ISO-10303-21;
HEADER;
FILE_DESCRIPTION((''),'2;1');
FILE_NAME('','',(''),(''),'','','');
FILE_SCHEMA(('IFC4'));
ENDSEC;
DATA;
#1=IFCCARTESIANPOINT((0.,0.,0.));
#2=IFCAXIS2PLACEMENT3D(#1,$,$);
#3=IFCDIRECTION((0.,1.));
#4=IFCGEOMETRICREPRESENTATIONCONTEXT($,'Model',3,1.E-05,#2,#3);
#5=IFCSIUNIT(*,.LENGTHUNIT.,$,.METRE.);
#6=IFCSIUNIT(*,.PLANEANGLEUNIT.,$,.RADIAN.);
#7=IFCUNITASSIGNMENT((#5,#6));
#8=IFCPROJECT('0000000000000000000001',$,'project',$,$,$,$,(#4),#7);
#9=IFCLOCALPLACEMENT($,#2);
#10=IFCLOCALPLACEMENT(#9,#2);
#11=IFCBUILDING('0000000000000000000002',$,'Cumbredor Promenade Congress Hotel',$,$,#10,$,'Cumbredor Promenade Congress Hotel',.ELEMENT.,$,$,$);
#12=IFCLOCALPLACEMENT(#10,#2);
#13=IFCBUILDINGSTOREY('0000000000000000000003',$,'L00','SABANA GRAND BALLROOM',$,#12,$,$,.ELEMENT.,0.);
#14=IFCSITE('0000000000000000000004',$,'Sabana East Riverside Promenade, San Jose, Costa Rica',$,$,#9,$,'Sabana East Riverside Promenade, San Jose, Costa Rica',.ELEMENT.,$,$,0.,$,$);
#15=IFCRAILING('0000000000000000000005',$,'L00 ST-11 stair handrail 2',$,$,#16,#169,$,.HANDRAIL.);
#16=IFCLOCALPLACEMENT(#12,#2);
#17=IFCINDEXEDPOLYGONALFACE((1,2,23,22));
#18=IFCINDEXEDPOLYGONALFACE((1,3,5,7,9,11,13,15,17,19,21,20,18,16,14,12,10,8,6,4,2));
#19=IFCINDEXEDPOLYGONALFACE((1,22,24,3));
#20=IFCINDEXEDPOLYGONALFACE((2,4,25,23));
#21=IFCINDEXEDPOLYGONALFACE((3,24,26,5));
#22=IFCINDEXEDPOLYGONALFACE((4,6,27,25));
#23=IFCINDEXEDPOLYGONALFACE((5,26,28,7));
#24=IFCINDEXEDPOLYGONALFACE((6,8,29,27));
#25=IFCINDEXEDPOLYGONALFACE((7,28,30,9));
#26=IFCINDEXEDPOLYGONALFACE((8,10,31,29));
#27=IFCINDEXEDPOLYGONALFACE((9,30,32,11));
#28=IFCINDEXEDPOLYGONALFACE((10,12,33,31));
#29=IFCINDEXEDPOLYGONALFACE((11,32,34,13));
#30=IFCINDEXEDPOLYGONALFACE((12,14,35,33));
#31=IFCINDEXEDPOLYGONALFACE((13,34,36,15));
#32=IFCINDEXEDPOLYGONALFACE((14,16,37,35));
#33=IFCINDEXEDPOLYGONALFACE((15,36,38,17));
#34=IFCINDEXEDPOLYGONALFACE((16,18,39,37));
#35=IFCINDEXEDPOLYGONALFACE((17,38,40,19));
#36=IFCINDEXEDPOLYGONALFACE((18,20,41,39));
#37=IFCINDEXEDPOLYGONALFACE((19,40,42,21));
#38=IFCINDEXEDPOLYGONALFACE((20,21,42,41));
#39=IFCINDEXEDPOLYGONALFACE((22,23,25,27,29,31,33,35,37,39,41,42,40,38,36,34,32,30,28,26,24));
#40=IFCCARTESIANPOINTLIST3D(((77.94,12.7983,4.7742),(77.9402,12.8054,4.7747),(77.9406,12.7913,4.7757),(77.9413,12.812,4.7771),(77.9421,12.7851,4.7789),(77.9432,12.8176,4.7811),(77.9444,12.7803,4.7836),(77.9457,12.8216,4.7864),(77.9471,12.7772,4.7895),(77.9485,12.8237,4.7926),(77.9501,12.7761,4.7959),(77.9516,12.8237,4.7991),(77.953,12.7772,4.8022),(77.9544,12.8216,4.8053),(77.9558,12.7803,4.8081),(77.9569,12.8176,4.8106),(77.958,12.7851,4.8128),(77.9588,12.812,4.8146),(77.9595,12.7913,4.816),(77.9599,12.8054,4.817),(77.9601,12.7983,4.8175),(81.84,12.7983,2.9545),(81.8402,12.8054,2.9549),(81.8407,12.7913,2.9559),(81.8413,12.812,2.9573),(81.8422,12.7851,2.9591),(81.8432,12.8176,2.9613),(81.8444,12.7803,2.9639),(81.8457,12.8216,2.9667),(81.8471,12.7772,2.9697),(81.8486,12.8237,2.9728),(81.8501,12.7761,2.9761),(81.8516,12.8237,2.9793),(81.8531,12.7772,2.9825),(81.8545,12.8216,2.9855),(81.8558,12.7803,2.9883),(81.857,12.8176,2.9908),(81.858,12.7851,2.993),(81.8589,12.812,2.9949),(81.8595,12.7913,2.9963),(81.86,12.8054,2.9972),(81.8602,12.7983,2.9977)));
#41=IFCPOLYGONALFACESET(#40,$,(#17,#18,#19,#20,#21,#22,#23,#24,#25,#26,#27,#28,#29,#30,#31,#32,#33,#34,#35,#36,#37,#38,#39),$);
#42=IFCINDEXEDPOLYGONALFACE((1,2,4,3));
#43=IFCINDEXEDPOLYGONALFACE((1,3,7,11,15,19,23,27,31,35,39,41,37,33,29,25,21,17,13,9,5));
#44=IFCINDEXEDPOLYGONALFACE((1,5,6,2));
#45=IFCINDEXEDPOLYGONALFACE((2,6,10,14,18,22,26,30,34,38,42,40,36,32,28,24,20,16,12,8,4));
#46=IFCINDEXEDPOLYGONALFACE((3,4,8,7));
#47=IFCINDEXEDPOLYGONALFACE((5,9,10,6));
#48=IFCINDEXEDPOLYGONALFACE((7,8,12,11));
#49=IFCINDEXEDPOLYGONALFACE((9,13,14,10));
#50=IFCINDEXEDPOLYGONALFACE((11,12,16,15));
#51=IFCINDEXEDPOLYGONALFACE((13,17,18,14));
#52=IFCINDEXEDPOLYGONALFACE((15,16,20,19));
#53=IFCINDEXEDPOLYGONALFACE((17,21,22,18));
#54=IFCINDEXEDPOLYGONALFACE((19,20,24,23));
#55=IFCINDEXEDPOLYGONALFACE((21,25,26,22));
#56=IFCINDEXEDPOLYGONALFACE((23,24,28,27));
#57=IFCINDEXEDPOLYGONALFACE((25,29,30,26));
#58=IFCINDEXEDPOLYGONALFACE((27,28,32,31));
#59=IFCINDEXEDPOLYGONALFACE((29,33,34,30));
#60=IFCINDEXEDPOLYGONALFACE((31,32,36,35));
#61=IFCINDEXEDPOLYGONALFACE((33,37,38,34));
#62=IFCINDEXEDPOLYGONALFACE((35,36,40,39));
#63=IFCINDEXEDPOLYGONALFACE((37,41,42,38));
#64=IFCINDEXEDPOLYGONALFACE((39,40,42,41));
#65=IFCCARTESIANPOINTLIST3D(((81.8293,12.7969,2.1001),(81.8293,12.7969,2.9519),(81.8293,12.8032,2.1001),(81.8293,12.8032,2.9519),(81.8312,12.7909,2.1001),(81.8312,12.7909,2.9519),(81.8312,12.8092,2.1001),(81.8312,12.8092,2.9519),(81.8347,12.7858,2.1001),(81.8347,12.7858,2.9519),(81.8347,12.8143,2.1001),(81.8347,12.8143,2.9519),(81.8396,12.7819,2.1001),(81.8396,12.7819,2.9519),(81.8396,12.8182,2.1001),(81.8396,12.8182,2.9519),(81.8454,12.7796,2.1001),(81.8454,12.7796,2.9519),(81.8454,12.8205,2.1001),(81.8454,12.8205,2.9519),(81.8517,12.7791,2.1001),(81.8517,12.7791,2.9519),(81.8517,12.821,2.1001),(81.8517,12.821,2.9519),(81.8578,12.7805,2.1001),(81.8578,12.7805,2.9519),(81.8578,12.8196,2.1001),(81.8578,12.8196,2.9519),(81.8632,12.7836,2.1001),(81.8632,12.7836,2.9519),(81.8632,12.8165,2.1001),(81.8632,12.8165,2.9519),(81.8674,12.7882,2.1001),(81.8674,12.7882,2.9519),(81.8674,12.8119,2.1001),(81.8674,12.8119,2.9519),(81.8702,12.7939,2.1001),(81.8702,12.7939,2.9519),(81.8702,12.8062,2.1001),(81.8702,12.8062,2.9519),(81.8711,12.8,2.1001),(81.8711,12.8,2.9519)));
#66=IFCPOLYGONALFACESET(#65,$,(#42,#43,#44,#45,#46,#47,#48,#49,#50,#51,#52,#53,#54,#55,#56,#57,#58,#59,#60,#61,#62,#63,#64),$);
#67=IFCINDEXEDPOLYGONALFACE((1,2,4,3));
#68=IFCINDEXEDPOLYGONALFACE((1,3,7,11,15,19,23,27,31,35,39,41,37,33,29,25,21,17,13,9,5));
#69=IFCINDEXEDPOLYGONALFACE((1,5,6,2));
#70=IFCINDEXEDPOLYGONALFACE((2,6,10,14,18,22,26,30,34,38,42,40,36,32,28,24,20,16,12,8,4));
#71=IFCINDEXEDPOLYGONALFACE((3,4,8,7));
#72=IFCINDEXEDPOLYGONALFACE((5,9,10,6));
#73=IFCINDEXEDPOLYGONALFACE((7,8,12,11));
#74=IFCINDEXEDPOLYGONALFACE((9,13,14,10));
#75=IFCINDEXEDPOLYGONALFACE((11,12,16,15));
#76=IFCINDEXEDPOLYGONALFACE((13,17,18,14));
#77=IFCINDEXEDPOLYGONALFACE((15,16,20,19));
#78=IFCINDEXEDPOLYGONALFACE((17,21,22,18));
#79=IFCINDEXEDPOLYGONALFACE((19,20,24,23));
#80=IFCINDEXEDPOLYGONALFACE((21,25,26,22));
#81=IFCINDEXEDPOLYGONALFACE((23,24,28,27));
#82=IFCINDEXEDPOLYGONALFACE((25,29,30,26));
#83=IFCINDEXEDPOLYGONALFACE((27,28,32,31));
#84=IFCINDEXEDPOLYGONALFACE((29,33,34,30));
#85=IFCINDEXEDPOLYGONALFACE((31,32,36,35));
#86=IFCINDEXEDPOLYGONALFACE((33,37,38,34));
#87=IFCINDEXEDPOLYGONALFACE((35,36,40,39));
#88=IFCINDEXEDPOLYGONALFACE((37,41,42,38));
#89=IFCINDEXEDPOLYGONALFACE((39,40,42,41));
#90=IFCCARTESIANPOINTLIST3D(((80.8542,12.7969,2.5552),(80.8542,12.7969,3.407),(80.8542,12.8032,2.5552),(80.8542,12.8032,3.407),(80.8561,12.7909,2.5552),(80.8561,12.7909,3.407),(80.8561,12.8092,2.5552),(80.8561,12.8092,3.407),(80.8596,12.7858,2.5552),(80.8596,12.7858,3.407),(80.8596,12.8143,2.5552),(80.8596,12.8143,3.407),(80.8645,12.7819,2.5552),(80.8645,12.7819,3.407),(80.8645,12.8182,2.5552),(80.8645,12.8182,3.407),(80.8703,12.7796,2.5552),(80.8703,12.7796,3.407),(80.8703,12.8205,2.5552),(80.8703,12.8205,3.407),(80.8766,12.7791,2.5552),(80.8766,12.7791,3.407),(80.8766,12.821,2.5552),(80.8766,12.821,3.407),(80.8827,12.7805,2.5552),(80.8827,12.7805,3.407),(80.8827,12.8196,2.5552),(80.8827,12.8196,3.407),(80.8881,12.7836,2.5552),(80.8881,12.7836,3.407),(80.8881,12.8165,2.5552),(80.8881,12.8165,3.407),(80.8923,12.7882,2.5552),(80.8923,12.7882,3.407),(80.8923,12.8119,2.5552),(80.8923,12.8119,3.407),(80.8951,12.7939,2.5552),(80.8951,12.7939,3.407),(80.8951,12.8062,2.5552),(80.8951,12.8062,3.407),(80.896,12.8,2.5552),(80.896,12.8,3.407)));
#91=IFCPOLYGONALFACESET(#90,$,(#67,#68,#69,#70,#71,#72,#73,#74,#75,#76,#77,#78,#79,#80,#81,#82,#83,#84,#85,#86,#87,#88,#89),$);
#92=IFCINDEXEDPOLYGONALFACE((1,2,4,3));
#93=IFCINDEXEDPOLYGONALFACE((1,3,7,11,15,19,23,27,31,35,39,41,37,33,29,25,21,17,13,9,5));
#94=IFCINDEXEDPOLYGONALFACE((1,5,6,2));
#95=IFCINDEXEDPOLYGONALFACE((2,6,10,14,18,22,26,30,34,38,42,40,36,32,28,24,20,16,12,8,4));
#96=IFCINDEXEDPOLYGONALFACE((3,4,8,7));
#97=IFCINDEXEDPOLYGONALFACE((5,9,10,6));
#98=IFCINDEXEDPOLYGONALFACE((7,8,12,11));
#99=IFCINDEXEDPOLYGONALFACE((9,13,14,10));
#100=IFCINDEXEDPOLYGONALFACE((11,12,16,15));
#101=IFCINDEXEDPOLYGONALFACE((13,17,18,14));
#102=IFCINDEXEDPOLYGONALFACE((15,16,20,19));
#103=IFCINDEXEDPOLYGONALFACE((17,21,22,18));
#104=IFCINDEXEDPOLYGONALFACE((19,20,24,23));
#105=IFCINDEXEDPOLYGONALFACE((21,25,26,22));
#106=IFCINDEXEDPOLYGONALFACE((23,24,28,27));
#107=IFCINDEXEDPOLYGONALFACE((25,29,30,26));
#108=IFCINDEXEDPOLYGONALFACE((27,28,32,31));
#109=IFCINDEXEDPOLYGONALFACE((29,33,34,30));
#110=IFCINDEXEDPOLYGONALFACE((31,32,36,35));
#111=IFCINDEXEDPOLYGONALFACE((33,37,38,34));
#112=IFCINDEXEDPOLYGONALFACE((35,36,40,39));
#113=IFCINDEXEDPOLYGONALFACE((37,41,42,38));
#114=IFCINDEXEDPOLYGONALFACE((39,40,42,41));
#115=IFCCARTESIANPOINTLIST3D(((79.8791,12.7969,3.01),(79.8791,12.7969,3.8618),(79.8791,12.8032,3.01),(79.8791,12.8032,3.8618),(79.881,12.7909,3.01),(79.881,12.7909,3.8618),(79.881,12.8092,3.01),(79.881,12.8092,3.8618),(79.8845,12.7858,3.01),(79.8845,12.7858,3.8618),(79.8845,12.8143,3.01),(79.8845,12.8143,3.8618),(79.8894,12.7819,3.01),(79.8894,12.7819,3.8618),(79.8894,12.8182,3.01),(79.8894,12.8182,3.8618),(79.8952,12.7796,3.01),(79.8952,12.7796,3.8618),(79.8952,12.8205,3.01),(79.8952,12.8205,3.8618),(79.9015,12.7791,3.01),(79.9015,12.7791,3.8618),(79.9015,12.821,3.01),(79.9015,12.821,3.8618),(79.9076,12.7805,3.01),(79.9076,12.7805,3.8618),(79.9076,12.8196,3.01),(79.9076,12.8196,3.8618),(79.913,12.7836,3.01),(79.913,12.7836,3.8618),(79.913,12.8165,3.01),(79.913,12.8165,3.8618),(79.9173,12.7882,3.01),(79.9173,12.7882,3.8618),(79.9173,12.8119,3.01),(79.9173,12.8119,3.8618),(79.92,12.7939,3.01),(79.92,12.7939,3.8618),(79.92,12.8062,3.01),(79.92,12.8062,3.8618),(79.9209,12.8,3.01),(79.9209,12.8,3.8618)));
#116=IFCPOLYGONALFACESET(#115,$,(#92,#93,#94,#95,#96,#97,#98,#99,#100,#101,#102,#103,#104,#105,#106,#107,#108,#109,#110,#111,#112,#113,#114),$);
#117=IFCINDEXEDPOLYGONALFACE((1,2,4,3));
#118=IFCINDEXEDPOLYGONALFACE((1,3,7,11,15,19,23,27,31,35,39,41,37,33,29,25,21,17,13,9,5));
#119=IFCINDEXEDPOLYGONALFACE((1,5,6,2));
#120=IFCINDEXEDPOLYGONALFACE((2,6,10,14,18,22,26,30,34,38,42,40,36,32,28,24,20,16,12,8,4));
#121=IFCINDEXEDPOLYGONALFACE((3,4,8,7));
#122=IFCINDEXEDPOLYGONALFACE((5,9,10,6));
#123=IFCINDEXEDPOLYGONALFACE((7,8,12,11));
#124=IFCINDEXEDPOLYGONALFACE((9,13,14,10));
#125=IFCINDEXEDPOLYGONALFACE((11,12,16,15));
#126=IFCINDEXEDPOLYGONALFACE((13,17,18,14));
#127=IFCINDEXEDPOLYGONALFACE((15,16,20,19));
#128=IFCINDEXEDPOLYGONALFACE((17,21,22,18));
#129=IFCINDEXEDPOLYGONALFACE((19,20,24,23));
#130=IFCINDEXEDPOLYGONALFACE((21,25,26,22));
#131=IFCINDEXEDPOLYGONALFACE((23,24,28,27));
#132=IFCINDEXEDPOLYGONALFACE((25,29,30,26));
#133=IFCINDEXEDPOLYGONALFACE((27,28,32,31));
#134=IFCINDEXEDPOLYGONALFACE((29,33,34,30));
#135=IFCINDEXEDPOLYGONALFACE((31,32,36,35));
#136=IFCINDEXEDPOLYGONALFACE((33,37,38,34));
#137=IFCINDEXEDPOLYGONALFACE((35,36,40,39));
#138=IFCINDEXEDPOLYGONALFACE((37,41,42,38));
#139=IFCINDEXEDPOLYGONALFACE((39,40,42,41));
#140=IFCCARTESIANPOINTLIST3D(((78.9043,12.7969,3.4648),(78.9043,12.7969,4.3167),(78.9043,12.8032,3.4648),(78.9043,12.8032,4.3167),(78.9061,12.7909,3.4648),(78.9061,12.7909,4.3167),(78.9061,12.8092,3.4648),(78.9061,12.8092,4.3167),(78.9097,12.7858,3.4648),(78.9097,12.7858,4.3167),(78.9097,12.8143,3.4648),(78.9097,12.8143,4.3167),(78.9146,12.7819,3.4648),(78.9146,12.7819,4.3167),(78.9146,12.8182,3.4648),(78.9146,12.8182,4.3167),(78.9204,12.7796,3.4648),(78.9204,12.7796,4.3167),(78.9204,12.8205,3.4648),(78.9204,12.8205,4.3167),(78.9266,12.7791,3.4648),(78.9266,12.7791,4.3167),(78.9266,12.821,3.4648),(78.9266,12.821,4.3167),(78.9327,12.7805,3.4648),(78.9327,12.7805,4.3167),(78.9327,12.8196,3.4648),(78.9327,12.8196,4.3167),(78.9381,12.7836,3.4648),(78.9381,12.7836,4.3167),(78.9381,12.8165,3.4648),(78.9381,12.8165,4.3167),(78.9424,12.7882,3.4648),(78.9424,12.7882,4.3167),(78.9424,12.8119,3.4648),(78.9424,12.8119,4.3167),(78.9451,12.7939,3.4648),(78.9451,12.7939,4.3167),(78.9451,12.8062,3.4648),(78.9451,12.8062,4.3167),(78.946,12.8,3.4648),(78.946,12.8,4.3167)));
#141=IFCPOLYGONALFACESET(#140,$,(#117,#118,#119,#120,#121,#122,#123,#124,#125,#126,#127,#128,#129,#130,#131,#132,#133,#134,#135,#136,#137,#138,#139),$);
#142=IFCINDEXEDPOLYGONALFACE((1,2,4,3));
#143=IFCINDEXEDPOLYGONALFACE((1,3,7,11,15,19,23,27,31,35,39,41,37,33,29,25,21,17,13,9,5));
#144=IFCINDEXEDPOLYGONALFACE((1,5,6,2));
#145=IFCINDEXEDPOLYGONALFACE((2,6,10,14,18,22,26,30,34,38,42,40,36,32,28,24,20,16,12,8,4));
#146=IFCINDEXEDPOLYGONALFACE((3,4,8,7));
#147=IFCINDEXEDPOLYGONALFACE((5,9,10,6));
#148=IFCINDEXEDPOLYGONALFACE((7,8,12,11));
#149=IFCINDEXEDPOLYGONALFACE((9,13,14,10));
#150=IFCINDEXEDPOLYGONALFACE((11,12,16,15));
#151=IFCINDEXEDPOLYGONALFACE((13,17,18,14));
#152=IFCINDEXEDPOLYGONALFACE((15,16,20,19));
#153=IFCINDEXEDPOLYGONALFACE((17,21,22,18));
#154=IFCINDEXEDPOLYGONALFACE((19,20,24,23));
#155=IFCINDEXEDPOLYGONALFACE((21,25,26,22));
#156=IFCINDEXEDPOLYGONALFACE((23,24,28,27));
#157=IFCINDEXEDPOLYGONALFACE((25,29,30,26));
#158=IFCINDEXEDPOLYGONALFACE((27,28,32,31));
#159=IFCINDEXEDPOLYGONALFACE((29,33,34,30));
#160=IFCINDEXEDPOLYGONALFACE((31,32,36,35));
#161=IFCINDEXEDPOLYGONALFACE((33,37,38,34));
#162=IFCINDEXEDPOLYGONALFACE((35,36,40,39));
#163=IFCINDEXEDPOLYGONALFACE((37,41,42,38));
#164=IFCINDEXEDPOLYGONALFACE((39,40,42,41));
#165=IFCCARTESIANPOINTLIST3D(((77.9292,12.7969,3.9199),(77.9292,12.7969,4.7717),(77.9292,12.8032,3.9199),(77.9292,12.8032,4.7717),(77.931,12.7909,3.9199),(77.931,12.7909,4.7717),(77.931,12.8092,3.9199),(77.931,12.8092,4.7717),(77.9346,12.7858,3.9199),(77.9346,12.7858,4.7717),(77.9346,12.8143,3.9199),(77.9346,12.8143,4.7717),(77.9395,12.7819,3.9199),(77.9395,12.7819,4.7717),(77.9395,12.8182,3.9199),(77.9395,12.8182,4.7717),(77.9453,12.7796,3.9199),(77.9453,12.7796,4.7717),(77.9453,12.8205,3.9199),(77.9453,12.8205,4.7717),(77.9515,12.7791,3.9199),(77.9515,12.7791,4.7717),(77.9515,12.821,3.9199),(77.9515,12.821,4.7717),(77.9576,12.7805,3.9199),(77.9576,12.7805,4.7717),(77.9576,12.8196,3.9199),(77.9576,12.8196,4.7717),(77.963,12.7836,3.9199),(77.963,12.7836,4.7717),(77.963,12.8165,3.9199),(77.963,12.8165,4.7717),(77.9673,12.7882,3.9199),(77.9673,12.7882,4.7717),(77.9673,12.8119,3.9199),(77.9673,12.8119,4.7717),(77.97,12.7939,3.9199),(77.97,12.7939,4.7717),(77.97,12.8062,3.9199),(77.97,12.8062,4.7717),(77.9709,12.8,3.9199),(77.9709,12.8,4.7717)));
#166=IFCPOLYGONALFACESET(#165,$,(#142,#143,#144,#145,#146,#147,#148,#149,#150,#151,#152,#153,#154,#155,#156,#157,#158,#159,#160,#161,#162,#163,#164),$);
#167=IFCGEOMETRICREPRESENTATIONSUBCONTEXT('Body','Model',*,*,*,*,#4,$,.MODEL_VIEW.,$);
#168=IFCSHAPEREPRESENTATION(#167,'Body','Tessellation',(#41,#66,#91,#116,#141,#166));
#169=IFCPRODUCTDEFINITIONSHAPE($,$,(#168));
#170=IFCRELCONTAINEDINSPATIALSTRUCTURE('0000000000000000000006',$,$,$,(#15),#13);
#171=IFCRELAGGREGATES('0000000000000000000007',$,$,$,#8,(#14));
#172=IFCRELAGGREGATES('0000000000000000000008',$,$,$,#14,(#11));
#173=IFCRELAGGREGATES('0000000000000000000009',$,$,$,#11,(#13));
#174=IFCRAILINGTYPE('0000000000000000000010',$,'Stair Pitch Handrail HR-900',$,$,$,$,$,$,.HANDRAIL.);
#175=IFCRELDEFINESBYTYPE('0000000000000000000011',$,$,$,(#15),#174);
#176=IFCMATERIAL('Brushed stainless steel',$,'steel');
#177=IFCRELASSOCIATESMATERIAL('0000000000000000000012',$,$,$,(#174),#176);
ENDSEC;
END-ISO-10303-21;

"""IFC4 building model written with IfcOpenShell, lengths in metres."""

from ifc_helpers import new_model, si_unit, direction, frame, origin, origin_2d, place, context, subcontext, project, spatial, circle, extrude, material, type_object, element, save


model = new_model("IFC4")

# Units and contexts
model_context = context("Model", 3, precision=1e-05, world=origin(), true_north=direction((0.0, 1.0)))
body_context = subcontext(model_context, "Body", "Model", "MODEL_VIEW")
ifc_project = project(units=[si_unit("LENGTHUNIT", "METRE"), si_unit("PLANEANGLEUNIT", "RADIAN")], contexts=[model_context])

# Site, building, storey
site_placement = place(None, origin())
site = spatial("IfcSite", under=ifc_project, at=site_placement, Name="Sabana East Riverside Promenade, San Jose, Costa Rica", LongName="Sabana East Riverside Promenade, San Jose, Costa Rica", CompositionType="ELEMENT", RefElevation=0.0)
building_placement = place(site_placement, origin())
building = spatial("IfcBuilding", under=site, at=building_placement, Name="Cumbredor Promenade Congress Hotel", LongName="Cumbredor Promenade Congress Hotel", CompositionType="ELEMENT")
storey_placement = place(building_placement, origin())
storey = spatial("IfcBuildingStorey", under=building, at=storey_placement, Name="L00", Description="SABANA GRAND BALLROOM", CompositionType="ELEMENT", Elevation=0.0)

# Shared definitions
ifc_material_1 = material(Name="Brushed stainless steel", Category="steel")

# Railing
railing_type_1 = type_object("IfcRailingType", Name="Stair Pitch Handrail HR-900", PredefinedType="HANDRAIL", material=ifc_material_1)
railing_1_placement = place(storey_placement, frame((81.8501, 12.8, 2.1001)))
element("IfcRailing", 1, at=railing_1_placement, inside=storey, type_object=railing_type_1, Name="L00 ST-11 stair handrail 2", PredefinedType="HANDRAIL", context=body_context, shape_type="SweptSolid", body=[
    extrude(circle(Radius=0.0239, at=origin_2d()), frame((0.0, 0.0, 0.876), z_axis=(-0.906205, 0.0, 0.422839), x_axis=(0.0, -1.0, 0.0)), (0.0, 0.0, 1.0), 4.3037),
    extrude(circle(Radius=0.021, at=origin_2d()), origin(), (0.0, 0.0, 1.0), 0.8518),
    extrude(circle(Radius=0.021, at=origin_2d()), frame((-0.9751, 0.0, 0.4551)), (0.0, 0.0, 1.0), 0.8518),
    extrude(circle(Radius=0.021, at=origin_2d()), frame((-1.9502, 0.0, 0.9099)), (0.0, 0.0, 1.0), 0.8518),
    extrude(circle(Radius=0.021, at=origin_2d()), frame((-2.925, 0.0, 1.3647)), (0.0, 0.0, 1.0), 0.8518),
    extrude(circle(Radius=0.021, at=origin_2d()), frame((-3.9001, 0.0, 1.8198)), (0.0, 0.0, 1.0), 0.8518),
])

save(model, "model.ifc")
